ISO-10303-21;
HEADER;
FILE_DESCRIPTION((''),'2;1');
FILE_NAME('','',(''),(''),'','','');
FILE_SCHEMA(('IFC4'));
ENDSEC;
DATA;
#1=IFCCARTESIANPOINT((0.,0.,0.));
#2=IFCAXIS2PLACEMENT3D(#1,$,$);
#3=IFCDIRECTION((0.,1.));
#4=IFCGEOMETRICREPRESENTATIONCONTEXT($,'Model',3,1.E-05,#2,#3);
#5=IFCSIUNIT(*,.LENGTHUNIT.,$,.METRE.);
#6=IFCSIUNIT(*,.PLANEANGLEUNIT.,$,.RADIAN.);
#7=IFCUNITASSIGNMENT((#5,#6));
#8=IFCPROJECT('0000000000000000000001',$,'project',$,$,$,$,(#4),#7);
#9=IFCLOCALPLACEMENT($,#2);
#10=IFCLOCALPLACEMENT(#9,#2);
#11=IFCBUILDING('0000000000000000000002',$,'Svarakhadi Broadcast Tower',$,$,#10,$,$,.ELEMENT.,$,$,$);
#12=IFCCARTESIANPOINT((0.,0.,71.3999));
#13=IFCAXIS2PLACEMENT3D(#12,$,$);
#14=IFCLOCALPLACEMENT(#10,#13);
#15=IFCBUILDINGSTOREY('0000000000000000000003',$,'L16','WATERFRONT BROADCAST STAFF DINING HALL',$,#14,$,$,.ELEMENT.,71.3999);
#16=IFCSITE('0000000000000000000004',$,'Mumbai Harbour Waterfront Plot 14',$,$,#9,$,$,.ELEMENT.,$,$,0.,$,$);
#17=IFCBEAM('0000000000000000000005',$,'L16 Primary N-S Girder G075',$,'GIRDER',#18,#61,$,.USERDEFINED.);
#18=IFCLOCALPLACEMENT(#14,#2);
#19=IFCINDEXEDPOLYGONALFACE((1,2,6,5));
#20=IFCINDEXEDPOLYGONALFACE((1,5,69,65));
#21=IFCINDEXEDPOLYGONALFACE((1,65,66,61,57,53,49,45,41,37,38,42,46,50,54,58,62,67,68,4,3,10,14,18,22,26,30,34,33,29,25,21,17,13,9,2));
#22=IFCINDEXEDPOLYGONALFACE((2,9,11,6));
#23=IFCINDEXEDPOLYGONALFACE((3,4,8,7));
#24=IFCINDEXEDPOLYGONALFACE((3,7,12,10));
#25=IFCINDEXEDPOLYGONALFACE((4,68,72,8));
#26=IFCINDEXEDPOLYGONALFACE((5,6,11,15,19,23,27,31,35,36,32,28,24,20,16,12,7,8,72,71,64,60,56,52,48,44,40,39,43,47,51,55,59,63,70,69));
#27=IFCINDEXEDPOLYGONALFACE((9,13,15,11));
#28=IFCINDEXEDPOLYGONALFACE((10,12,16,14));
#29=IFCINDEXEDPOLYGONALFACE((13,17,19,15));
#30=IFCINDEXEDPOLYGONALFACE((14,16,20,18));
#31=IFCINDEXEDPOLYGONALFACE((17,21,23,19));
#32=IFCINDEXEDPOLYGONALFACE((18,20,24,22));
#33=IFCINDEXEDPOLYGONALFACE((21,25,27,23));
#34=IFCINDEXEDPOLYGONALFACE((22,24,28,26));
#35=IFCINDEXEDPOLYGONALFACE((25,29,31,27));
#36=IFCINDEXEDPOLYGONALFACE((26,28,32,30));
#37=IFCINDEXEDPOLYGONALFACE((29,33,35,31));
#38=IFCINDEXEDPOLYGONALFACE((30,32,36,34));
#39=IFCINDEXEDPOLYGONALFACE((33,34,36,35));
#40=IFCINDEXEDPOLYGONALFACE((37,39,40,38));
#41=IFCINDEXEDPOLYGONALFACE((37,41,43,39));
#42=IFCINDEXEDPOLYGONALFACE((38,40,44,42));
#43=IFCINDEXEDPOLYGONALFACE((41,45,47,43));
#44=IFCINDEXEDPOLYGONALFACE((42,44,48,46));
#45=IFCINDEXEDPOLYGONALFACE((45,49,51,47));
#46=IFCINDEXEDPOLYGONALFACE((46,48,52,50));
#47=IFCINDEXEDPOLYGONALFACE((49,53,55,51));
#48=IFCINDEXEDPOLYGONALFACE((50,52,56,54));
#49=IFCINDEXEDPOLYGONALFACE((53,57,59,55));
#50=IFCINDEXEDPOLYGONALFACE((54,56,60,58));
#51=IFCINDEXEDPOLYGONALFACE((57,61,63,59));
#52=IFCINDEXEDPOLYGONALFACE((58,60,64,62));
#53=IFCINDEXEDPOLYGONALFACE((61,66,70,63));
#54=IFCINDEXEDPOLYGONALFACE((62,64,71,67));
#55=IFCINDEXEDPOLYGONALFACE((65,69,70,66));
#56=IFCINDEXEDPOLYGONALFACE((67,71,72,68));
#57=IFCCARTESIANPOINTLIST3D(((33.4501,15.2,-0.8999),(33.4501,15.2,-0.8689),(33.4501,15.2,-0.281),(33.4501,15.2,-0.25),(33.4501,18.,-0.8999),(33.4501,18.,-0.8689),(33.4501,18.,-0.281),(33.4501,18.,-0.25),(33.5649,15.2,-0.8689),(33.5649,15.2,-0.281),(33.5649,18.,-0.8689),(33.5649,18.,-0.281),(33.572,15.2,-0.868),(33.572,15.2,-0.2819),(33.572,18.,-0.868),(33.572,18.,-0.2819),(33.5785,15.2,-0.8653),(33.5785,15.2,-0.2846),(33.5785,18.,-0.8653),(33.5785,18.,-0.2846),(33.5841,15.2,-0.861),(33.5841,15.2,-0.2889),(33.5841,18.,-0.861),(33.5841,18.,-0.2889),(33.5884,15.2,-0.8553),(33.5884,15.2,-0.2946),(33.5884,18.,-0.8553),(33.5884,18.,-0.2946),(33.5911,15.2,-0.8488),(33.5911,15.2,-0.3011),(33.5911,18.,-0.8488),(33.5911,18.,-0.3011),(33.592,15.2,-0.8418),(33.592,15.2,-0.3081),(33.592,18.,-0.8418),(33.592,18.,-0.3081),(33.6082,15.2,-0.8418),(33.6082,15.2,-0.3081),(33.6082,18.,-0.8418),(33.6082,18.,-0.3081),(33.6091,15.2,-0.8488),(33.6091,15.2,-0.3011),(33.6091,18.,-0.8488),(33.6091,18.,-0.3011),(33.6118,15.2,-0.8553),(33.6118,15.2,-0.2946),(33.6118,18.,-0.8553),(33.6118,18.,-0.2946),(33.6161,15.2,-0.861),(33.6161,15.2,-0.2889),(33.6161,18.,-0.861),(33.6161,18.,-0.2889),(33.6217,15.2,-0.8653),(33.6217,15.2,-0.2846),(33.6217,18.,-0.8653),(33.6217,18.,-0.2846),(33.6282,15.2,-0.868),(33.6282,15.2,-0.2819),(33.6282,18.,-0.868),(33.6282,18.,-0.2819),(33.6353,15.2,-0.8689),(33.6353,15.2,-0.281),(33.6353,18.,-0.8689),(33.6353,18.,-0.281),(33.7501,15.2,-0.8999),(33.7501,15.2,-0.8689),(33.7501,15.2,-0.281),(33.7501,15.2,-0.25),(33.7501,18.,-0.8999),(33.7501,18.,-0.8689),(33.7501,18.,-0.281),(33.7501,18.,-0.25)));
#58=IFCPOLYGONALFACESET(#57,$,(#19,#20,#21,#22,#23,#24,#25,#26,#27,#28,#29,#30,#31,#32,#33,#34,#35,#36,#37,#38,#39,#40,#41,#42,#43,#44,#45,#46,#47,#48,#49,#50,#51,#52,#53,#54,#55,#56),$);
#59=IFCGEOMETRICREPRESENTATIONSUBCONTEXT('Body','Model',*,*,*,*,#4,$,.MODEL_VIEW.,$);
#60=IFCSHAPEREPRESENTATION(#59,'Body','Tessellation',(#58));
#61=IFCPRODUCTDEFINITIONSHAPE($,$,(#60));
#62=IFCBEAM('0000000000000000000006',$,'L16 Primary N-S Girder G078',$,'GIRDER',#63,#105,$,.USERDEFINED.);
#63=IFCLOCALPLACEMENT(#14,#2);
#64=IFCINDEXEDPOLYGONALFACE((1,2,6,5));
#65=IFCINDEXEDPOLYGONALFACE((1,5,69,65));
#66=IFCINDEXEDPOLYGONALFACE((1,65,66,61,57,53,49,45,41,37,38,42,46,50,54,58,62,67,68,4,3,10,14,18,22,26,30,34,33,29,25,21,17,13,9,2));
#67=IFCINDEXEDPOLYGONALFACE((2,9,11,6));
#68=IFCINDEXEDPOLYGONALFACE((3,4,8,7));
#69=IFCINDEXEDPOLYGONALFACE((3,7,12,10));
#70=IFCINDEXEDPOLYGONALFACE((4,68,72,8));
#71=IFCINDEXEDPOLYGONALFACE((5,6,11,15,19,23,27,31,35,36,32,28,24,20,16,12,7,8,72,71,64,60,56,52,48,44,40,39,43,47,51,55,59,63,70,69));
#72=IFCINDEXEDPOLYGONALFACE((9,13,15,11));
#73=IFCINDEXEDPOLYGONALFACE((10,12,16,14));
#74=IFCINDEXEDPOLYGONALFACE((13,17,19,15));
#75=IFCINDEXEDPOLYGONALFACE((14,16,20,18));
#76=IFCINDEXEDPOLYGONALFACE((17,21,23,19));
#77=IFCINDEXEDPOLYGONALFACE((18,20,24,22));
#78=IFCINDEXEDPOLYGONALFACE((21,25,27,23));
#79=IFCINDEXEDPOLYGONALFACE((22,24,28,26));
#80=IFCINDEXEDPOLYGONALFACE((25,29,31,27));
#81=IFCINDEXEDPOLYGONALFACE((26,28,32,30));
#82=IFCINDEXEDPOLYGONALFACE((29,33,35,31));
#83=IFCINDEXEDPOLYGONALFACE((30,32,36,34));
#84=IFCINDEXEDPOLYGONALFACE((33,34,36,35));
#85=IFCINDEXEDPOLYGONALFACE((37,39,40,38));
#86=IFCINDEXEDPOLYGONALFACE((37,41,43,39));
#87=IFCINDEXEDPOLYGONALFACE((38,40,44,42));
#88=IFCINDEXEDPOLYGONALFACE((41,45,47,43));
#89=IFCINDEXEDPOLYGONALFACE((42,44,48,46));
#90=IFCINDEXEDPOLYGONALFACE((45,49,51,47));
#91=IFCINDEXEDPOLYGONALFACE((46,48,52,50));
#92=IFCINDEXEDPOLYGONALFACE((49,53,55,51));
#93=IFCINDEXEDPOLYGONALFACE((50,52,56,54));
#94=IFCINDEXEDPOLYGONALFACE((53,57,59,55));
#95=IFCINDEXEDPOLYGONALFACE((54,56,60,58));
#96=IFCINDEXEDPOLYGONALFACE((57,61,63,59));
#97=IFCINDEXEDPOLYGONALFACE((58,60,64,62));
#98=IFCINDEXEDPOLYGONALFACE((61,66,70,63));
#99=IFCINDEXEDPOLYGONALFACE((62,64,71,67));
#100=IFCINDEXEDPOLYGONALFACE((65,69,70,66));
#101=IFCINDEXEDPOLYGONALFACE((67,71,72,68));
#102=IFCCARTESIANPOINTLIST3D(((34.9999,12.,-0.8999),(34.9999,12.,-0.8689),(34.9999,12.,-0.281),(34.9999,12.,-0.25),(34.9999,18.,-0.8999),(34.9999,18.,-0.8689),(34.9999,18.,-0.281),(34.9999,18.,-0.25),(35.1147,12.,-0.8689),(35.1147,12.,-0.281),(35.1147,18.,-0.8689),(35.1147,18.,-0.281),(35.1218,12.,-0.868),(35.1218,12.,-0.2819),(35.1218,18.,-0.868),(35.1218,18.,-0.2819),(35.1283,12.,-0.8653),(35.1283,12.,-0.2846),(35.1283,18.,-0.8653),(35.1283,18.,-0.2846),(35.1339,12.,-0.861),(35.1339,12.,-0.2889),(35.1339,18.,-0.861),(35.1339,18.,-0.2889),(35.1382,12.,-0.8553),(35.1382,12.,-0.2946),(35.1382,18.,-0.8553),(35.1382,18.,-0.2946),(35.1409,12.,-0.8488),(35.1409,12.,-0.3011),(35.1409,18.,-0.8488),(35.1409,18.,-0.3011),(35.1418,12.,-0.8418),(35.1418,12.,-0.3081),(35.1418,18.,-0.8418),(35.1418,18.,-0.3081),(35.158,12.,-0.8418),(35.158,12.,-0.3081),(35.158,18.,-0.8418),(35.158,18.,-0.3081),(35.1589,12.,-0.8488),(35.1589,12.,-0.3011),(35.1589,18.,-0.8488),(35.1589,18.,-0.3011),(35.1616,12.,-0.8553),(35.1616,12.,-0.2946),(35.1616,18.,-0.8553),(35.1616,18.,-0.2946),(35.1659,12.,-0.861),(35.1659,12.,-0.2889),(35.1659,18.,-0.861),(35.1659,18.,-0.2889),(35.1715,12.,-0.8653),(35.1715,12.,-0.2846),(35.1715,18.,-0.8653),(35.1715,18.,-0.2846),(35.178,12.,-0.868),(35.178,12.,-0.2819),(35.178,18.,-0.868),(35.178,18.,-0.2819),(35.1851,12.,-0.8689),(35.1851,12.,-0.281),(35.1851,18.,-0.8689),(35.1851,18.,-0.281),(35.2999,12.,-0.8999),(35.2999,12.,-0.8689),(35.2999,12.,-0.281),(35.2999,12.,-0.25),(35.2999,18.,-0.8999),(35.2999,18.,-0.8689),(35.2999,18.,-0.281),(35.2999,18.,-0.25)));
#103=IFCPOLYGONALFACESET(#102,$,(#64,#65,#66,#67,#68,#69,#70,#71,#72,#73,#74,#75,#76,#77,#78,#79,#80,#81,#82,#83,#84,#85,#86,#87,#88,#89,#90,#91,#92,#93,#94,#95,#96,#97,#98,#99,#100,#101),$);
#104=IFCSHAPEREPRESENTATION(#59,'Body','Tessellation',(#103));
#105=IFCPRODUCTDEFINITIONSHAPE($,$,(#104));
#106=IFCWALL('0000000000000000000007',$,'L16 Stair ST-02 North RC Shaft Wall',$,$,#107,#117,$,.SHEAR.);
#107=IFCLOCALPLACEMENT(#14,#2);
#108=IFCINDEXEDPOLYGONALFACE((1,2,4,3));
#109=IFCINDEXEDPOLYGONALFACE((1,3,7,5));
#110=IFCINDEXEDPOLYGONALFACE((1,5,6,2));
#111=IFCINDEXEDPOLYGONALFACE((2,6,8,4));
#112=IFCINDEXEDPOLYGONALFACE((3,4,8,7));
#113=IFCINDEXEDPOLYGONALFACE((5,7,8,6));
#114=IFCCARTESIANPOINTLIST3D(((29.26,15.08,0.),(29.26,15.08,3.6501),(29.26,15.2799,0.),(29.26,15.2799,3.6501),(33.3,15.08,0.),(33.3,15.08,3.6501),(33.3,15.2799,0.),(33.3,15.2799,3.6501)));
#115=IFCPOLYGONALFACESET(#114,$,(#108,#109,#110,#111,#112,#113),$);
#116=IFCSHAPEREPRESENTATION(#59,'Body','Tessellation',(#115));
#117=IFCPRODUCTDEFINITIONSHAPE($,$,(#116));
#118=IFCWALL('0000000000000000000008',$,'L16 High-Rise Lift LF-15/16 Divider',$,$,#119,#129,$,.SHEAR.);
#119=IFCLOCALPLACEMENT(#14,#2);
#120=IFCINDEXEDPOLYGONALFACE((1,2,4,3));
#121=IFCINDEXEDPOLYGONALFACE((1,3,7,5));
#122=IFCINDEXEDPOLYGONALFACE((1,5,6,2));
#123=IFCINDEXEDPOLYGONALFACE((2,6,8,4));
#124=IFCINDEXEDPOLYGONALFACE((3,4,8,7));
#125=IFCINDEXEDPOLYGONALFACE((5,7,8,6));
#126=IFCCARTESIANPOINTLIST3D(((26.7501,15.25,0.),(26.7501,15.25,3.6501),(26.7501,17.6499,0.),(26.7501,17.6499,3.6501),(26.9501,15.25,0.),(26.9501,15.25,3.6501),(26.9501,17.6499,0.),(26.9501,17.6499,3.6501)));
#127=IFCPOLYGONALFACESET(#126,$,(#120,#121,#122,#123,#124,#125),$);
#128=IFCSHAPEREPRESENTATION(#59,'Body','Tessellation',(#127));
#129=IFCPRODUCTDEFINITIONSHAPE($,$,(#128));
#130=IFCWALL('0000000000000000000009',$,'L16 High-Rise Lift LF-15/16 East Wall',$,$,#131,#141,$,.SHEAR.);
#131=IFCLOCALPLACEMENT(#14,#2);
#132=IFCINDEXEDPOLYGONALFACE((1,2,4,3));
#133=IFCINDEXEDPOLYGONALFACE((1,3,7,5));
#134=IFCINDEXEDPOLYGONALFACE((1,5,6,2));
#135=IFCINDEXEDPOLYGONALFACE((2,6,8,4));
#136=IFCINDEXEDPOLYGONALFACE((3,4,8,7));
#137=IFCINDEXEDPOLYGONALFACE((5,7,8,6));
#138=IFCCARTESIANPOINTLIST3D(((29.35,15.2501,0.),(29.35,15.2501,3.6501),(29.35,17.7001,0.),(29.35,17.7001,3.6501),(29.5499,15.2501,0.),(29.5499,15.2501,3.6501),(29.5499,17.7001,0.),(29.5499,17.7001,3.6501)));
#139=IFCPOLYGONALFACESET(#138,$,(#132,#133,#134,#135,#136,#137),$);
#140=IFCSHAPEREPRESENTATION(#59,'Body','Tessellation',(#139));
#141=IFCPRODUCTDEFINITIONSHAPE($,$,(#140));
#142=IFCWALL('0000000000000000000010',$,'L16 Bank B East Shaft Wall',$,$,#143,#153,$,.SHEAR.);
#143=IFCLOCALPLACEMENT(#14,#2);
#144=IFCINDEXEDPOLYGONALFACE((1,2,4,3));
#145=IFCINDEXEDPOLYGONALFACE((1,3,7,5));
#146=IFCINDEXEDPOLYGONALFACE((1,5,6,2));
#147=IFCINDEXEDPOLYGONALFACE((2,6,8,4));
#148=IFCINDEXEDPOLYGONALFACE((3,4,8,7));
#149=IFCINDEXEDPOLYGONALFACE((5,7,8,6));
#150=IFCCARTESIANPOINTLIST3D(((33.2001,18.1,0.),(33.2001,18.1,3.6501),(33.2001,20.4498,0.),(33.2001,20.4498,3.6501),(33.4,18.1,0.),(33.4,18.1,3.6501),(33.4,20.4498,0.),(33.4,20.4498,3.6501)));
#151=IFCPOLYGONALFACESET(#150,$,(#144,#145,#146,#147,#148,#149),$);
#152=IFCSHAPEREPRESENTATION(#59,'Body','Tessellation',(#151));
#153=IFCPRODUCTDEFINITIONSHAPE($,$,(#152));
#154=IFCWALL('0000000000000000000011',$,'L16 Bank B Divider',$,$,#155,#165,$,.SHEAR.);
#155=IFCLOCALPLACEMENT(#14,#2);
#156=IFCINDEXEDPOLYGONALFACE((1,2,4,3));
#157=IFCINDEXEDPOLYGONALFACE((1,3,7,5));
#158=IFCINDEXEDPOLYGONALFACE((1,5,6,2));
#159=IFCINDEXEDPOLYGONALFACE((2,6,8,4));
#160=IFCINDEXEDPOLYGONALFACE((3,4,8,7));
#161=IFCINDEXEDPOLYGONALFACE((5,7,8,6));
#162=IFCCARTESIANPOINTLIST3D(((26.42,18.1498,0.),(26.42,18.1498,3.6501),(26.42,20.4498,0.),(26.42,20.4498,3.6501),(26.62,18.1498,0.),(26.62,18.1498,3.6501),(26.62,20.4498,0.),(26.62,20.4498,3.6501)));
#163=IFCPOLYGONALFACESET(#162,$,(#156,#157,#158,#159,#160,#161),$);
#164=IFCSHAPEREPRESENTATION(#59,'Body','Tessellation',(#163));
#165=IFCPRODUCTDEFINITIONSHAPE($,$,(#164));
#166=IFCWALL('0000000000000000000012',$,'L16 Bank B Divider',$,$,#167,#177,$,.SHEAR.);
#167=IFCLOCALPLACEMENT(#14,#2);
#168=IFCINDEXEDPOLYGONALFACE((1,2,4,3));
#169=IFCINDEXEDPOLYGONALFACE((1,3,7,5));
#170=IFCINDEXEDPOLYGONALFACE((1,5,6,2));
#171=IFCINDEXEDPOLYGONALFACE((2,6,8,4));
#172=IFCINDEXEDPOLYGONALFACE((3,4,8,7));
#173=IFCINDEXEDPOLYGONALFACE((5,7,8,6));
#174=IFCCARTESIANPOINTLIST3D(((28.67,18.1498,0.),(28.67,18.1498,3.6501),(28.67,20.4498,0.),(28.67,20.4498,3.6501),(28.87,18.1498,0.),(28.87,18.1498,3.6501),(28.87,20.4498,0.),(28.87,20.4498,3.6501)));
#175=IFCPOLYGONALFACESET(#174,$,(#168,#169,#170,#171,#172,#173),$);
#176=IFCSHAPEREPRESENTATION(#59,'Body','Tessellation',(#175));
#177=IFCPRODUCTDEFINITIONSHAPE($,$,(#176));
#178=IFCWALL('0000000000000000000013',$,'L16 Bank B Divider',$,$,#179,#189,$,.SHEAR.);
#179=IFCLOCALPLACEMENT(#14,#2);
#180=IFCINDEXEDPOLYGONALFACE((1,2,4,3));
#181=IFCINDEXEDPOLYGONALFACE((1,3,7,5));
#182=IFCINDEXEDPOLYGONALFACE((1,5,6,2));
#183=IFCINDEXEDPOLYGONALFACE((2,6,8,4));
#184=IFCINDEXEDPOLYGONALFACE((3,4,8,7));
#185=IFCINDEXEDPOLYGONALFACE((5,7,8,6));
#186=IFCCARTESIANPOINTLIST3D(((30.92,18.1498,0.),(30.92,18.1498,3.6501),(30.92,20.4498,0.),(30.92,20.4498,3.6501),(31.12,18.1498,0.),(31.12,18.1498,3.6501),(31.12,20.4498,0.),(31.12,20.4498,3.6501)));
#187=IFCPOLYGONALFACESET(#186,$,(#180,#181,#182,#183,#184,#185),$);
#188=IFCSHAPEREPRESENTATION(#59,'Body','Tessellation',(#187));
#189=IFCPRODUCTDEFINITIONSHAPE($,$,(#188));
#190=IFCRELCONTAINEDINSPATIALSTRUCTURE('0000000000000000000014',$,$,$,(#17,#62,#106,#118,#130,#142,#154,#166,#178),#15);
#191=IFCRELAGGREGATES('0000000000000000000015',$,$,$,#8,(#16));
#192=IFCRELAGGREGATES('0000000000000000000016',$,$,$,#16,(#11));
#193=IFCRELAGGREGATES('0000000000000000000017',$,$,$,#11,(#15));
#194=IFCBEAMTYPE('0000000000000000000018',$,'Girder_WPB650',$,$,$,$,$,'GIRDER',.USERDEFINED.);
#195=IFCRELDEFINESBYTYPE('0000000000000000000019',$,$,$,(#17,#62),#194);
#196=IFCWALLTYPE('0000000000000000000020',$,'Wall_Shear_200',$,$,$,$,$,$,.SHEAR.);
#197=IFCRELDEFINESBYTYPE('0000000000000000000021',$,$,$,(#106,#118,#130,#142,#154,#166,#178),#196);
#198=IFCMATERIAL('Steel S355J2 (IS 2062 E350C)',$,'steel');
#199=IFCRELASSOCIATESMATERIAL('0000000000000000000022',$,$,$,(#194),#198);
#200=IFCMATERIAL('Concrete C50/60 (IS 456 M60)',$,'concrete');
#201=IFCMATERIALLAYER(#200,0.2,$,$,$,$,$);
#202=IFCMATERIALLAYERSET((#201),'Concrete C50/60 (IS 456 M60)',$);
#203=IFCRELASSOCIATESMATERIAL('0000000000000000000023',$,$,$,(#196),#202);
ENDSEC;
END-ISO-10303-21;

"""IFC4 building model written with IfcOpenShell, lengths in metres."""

from ifc_helpers import new_model, si_unit, direction, frame, frame_2d, origin, origin_2d, place, context, subcontext, project, spatial, rectangle, i_section, extrude, material, layer, layer_set, material_profile, profile_set, type_object, element, save


model = new_model("IFC4")

# Units and contexts
model_context = context("Model", 3, precision=1e-05, world=origin(), true_north=direction((0.0, 1.0)))
body_context = subcontext(model_context, "Body", "Model", "MODEL_VIEW")
ifc_project = project(units=[si_unit("LENGTHUNIT", "METRE"), si_unit("PLANEANGLEUNIT", "RADIAN")], contexts=[model_context])

# Site, building, storey
site_placement = place(None, origin())
site = spatial("IfcSite", under=ifc_project, at=site_placement, Name="Mumbai Harbour Waterfront Plot 14", CompositionType="ELEMENT", RefElevation=0.0)
building_placement = place(site_placement, origin())
building = spatial("IfcBuilding", under=site, at=building_placement, Name="Svarakhadi Broadcast Tower", CompositionType="ELEMENT")
storey_placement = place(building_placement, frame((0.0, 0.0, 71.3999)))
storey = spatial("IfcBuildingStorey", under=building, at=storey_placement, Name="L16", Description="WATERFRONT BROADCAST STAFF DINING HALL", CompositionType="ELEMENT", Elevation=71.3999)

# Beams
ifc_material_1 = material(Name="Steel S355J2 (IS 2062 E350C)", Category="steel")
ifc_material_profile_1 = material_profile(ifc_material_1, i_section(OverallWidth=0.3, OverallDepth=0.6499, WebThickness=0.0161, FlangeThickness=0.031, FilletRadius=0.0271, at=origin_2d()), Name="WPB 650x300x225")
ifc_profile_set_1 = profile_set([ifc_material_profile_1], Name="Steel S355J2 (IS 2062 E350C)")
beam_type = type_object("IfcBeamType", Name="Girder_WPB650", ElementType="GIRDER", PredefinedType="USERDEFINED", material=ifc_profile_set_1)
beam_1_placement = place(storey_placement, frame((33.6001, 15.2, -0.575), z_axis=(0.0, 1.0, 0.0), x_axis=(-1.0, 0.0, 0.0)))
element("IfcBeam", 1, at=beam_1_placement, inside=storey, type_object=beam_type, Name="L16 Primary N-S Girder G075", ObjectType="GIRDER", PredefinedType="USERDEFINED", context=body_context, shape_type="SweptSolid", body=[
    extrude(i_section(OverallWidth=0.3, OverallDepth=0.6499, WebThickness=0.0161, FlangeThickness=0.031, FilletRadius=0.0271, at=origin_2d()), origin(), (0.0, 0.0, 1.0), 2.8),
])
beam_2_placement = place(storey_placement, frame((35.1499, 12.0, -0.575), z_axis=(0.0, 1.0, 0.0), x_axis=(-1.0, 0.0, 0.0)))
element("IfcBeam", 2, at=beam_2_placement, inside=storey, type_object=beam_type, Name="L16 Primary N-S Girder G078", ObjectType="GIRDER", PredefinedType="USERDEFINED", context=body_context, shape_type="SweptSolid", body=[
    extrude(i_section(OverallWidth=0.3, OverallDepth=0.6499, WebThickness=0.0161, FlangeThickness=0.031, FilletRadius=0.0271, at=origin_2d()), origin(), (0.0, 0.0, 1.0), 6.0),
])

# Wall
ifc_material_2 = material(Name="Concrete C50/60 (IS 456 M60)", Category="concrete")
ifc_layer = layer(ifc_material_2, 0.2)
ifc_layer_set = layer_set([ifc_layer], Name="Concrete C50/60 (IS 456 M60)")
wall_type = type_object("IfcWallType", Name="Wall_Shear_200", PredefinedType="SHEAR", material=ifc_layer_set)
wall_1_placement = place(storey_placement, frame((29.26, 15.1799, 0.0), z_axis=(0.0, 0.0, 1.0), x_axis=(1.0, 0.0, 0.0)))
element("IfcWall", 3, at=wall_1_placement, inside=storey, type_object=wall_type, Name="L16 Stair ST-02 North RC Shaft Wall", PredefinedType="SHEAR", context=body_context, shape_type="SweptSolid", body=[
    extrude(rectangle(XDim=4.04, YDim=0.2, at=frame_2d((2.02, 0.0))), origin(), (0.0, 0.0, 1.0), 3.6501),
])

# Walls
wall_2_placement = place(storey_placement, frame((26.8501, 15.25, 0.0), z_axis=(0.0, 0.0, 1.0), x_axis=(0.0, 1.0, 0.0)))
element("IfcWall", 4, at=wall_2_placement, inside=storey, type_object=wall_type, Name="L16 High-Rise Lift LF-15/16 Divider", PredefinedType="SHEAR", context=body_context, shape_type="SweptSolid", body=[
    extrude(rectangle(XDim=2.3999, YDim=0.2, at=frame_2d((1.2, 0.0))), origin(), (0.0, 0.0, 1.0), 3.6501),
])
wall_3_placement = place(storey_placement, frame((29.45, 15.25, 0.0), z_axis=(0.0, 0.0, 1.0), x_axis=(0.0, 1.0, 0.0)))
element("IfcWall", 5, at=wall_3_placement, inside=storey, type_object=wall_type, Name="L16 High-Rise Lift LF-15/16 East Wall", PredefinedType="SHEAR", context=body_context, shape_type="SweptSolid", body=[
    extrude(rectangle(XDim=2.45, YDim=0.2, at=frame_2d((1.2251, 0.0))), origin(), (0.0, 0.0, 1.0), 3.6501),
])
wall_4_placement = place(storey_placement, frame((33.3, 18.1001, 0.0), z_axis=(0.0, 0.0, 1.0), x_axis=(0.0, 1.0, 0.0)))
element("IfcWall", 6, at=wall_4_placement, inside=storey, type_object=wall_type, Name="L16 Bank B East Shaft Wall", PredefinedType="SHEAR", context=body_context, shape_type="SweptSolid", body=[
    extrude(rectangle(XDim=2.3499, YDim=0.2, at=frame_2d((1.1748, 0.0))), origin(), (0.0, 0.0, 1.0), 3.6501),
])
for number, where, z_axis, x_axis, name in (
    (7, (26.52, 18.1499, 0.0), (0.0, 0.0, 1.0), (0.0, 1.0, 0.0), "L16 Bank B Divider"),
    (8, (28.77, 18.1499, 0.0), (0.0, 0.0, 1.0), (0.0, 1.0, 0.0), "L16 Bank B Divider"),
    (9, (31.02, 18.1499, 0.0), (0.0, 0.0, 1.0), (0.0, 1.0, 0.0), "L16 Bank B Divider"),
):
    element("IfcWall", number, at=place(storey_placement, frame(where, z_axis=z_axis, x_axis=x_axis)), inside=storey, type_object=wall_type, Name=name, PredefinedType="SHEAR", context=body_context, shape_type="SweptSolid", body=[
        extrude(rectangle(XDim=2.3, YDim=0.2, at=frame_2d((1.1499, 0.0))), origin(), (0.0, 0.0, 1.0), 3.6501),
    ])

save(model, "model.ifc")
